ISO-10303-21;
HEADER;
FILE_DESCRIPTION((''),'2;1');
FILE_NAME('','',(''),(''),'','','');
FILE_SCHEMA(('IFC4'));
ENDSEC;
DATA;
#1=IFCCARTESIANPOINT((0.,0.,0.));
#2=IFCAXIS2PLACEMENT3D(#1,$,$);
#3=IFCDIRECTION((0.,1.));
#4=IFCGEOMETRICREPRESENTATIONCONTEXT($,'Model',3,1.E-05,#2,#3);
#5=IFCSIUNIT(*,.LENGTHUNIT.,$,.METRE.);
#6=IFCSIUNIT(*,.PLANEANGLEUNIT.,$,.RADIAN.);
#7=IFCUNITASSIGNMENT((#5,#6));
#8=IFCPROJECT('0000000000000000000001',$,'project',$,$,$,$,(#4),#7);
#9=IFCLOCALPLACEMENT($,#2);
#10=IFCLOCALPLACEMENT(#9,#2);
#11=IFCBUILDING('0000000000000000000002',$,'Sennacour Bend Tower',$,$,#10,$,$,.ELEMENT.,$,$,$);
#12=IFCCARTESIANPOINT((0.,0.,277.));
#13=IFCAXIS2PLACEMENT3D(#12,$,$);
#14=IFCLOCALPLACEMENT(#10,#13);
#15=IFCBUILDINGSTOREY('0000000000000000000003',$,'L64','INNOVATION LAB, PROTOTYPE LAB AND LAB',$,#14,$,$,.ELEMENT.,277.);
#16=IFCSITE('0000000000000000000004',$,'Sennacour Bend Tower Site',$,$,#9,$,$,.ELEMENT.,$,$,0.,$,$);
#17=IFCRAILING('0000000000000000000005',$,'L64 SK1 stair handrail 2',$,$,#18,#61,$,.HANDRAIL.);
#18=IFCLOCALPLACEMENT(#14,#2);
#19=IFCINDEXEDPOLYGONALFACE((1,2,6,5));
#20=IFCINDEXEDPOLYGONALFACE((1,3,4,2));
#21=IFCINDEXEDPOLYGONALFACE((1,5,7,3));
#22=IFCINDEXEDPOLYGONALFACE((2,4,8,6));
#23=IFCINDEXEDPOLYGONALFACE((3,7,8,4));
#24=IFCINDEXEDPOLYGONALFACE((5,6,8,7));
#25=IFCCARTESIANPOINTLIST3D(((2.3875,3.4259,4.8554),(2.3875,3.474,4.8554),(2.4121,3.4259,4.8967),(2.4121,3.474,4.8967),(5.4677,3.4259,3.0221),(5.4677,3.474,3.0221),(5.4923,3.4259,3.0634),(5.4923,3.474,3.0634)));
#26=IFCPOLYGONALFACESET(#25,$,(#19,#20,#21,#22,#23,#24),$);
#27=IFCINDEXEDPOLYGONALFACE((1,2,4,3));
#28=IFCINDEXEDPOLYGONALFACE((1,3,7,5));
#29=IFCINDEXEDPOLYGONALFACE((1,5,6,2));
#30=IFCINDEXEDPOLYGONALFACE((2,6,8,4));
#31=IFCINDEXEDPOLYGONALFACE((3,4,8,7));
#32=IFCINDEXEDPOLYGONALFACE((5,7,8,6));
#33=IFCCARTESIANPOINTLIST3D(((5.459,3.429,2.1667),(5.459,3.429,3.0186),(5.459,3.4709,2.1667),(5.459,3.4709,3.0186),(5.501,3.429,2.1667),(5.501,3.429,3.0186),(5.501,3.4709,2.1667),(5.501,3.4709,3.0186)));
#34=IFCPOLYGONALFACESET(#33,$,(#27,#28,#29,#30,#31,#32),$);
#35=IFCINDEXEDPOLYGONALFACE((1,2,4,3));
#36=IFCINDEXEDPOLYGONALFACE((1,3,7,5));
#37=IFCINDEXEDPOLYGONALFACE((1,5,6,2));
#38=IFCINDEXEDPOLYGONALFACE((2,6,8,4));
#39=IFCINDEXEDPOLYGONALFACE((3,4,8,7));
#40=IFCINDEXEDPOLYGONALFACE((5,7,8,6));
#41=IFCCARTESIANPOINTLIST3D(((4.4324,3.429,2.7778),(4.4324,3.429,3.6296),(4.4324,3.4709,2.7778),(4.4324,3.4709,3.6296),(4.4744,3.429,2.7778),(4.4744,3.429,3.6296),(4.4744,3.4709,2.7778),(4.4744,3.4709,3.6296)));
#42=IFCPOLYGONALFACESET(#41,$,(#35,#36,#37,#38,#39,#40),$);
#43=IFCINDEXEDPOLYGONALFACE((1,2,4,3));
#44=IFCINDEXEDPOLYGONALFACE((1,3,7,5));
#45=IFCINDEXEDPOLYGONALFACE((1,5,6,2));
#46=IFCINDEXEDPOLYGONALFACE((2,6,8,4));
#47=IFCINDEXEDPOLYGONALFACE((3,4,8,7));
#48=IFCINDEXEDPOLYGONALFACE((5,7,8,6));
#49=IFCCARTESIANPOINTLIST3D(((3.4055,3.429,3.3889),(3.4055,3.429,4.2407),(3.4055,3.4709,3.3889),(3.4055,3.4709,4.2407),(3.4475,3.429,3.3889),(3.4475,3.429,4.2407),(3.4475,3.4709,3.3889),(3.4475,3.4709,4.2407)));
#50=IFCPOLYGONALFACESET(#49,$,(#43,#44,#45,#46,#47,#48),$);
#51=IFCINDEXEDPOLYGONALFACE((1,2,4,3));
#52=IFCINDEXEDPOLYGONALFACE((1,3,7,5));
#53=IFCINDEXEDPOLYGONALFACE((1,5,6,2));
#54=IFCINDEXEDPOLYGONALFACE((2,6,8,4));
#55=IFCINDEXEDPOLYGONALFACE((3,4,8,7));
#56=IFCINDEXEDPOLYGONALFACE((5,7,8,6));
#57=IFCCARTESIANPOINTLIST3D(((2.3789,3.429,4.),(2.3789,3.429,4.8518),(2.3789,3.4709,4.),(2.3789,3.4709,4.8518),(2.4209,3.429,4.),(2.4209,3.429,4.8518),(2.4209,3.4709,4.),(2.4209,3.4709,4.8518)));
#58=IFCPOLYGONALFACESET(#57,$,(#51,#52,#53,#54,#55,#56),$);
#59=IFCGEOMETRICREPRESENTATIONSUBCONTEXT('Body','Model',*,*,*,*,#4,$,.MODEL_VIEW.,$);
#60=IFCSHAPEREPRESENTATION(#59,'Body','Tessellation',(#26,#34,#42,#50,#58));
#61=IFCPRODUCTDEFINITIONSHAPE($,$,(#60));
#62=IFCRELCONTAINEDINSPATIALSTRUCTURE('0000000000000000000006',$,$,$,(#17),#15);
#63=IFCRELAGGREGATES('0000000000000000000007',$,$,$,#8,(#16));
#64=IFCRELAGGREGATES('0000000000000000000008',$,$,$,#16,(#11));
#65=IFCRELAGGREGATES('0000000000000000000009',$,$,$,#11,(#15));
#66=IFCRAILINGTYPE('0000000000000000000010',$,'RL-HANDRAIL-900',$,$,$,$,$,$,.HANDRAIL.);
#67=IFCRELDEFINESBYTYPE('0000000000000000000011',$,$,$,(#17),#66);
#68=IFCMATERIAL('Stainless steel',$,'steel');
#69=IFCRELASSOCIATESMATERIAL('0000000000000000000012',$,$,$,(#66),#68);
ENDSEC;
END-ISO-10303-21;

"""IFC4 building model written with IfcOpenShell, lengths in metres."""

from ifc_helpers import new_model, si_unit, direction, frame, origin, origin_2d, place, context, subcontext, project, spatial, rectangle, extrude, material, type_object, element, save


model = new_model("IFC4")

# Units and contexts
model_context = context("Model", 3, precision=1e-05, world=origin(), true_north=direction((0.0, 1.0)))
body_context = subcontext(model_context, "Body", "Model", "MODEL_VIEW")
ifc_project = project(units=[si_unit("LENGTHUNIT", "METRE"), si_unit("PLANEANGLEUNIT", "RADIAN")], contexts=[model_context])

# Site, building, storey
site_placement = place(None, origin())
site = spatial("IfcSite", under=ifc_project, at=site_placement, Name="Sennacour Bend Tower Site", CompositionType="ELEMENT", RefElevation=0.0)
building_placement = place(site_placement, origin())
building = spatial("IfcBuilding", under=site, at=building_placement, Name="Sennacour Bend Tower", CompositionType="ELEMENT")
storey_placement = place(building_placement, frame((0.0, 0.0, 277.0)))
storey = spatial("IfcBuildingStorey", under=building, at=storey_placement, Name="L64", Description="INNOVATION LAB, PROTOTYPE LAB AND LAB", CompositionType="ELEMENT", Elevation=277.0)

# Railing
ifc_material_1 = material(Name="Stainless steel", Category="steel")
railing_type = type_object("IfcRailingType", Name="RL-HANDRAIL-900", PredefinedType="HANDRAIL", material=ifc_material_1)
railing_placement = place(storey_placement, frame((5.48, 3.45, 2.1667)))
element("IfcRailing", 1, at=railing_placement, inside=storey, type_object=railing_type, Name="L64 SK1 stair handrail 2", PredefinedType="HANDRAIL", context=body_context, shape_type="SweptSolid", body=[
    extrude(rectangle(XDim=0.0481, YDim=0.0481, at=origin_2d()), frame((0.0, 0.0, 0.876), z_axis=(-0.859309, 0.0, 0.511458), x_axis=(0.0, -1.0, 0.0)), (0.0, 0.0, 1.0), 3.5845),
    extrude(rectangle(XDim=0.042, YDim=0.042, at=origin_2d()), origin(), (0.0, 0.0, 1.0), 0.8518),
    extrude(rectangle(XDim=0.042, YDim=0.042, at=origin_2d()), frame((-1.0266, 0.0, 0.6111)), (0.0, 0.0, 1.0), 0.8518),
    extrude(rectangle(XDim=0.042, YDim=0.042, at=origin_2d()), frame((-2.0535, 0.0, 1.2222)), (0.0, 0.0, 1.0), 0.8518),
    extrude(rectangle(XDim=0.042, YDim=0.042, at=origin_2d()), frame((-3.0801, 0.0, 1.8333)), (0.0, 0.0, 1.0), 0.8518),
])

save(model, "model.ifc")
